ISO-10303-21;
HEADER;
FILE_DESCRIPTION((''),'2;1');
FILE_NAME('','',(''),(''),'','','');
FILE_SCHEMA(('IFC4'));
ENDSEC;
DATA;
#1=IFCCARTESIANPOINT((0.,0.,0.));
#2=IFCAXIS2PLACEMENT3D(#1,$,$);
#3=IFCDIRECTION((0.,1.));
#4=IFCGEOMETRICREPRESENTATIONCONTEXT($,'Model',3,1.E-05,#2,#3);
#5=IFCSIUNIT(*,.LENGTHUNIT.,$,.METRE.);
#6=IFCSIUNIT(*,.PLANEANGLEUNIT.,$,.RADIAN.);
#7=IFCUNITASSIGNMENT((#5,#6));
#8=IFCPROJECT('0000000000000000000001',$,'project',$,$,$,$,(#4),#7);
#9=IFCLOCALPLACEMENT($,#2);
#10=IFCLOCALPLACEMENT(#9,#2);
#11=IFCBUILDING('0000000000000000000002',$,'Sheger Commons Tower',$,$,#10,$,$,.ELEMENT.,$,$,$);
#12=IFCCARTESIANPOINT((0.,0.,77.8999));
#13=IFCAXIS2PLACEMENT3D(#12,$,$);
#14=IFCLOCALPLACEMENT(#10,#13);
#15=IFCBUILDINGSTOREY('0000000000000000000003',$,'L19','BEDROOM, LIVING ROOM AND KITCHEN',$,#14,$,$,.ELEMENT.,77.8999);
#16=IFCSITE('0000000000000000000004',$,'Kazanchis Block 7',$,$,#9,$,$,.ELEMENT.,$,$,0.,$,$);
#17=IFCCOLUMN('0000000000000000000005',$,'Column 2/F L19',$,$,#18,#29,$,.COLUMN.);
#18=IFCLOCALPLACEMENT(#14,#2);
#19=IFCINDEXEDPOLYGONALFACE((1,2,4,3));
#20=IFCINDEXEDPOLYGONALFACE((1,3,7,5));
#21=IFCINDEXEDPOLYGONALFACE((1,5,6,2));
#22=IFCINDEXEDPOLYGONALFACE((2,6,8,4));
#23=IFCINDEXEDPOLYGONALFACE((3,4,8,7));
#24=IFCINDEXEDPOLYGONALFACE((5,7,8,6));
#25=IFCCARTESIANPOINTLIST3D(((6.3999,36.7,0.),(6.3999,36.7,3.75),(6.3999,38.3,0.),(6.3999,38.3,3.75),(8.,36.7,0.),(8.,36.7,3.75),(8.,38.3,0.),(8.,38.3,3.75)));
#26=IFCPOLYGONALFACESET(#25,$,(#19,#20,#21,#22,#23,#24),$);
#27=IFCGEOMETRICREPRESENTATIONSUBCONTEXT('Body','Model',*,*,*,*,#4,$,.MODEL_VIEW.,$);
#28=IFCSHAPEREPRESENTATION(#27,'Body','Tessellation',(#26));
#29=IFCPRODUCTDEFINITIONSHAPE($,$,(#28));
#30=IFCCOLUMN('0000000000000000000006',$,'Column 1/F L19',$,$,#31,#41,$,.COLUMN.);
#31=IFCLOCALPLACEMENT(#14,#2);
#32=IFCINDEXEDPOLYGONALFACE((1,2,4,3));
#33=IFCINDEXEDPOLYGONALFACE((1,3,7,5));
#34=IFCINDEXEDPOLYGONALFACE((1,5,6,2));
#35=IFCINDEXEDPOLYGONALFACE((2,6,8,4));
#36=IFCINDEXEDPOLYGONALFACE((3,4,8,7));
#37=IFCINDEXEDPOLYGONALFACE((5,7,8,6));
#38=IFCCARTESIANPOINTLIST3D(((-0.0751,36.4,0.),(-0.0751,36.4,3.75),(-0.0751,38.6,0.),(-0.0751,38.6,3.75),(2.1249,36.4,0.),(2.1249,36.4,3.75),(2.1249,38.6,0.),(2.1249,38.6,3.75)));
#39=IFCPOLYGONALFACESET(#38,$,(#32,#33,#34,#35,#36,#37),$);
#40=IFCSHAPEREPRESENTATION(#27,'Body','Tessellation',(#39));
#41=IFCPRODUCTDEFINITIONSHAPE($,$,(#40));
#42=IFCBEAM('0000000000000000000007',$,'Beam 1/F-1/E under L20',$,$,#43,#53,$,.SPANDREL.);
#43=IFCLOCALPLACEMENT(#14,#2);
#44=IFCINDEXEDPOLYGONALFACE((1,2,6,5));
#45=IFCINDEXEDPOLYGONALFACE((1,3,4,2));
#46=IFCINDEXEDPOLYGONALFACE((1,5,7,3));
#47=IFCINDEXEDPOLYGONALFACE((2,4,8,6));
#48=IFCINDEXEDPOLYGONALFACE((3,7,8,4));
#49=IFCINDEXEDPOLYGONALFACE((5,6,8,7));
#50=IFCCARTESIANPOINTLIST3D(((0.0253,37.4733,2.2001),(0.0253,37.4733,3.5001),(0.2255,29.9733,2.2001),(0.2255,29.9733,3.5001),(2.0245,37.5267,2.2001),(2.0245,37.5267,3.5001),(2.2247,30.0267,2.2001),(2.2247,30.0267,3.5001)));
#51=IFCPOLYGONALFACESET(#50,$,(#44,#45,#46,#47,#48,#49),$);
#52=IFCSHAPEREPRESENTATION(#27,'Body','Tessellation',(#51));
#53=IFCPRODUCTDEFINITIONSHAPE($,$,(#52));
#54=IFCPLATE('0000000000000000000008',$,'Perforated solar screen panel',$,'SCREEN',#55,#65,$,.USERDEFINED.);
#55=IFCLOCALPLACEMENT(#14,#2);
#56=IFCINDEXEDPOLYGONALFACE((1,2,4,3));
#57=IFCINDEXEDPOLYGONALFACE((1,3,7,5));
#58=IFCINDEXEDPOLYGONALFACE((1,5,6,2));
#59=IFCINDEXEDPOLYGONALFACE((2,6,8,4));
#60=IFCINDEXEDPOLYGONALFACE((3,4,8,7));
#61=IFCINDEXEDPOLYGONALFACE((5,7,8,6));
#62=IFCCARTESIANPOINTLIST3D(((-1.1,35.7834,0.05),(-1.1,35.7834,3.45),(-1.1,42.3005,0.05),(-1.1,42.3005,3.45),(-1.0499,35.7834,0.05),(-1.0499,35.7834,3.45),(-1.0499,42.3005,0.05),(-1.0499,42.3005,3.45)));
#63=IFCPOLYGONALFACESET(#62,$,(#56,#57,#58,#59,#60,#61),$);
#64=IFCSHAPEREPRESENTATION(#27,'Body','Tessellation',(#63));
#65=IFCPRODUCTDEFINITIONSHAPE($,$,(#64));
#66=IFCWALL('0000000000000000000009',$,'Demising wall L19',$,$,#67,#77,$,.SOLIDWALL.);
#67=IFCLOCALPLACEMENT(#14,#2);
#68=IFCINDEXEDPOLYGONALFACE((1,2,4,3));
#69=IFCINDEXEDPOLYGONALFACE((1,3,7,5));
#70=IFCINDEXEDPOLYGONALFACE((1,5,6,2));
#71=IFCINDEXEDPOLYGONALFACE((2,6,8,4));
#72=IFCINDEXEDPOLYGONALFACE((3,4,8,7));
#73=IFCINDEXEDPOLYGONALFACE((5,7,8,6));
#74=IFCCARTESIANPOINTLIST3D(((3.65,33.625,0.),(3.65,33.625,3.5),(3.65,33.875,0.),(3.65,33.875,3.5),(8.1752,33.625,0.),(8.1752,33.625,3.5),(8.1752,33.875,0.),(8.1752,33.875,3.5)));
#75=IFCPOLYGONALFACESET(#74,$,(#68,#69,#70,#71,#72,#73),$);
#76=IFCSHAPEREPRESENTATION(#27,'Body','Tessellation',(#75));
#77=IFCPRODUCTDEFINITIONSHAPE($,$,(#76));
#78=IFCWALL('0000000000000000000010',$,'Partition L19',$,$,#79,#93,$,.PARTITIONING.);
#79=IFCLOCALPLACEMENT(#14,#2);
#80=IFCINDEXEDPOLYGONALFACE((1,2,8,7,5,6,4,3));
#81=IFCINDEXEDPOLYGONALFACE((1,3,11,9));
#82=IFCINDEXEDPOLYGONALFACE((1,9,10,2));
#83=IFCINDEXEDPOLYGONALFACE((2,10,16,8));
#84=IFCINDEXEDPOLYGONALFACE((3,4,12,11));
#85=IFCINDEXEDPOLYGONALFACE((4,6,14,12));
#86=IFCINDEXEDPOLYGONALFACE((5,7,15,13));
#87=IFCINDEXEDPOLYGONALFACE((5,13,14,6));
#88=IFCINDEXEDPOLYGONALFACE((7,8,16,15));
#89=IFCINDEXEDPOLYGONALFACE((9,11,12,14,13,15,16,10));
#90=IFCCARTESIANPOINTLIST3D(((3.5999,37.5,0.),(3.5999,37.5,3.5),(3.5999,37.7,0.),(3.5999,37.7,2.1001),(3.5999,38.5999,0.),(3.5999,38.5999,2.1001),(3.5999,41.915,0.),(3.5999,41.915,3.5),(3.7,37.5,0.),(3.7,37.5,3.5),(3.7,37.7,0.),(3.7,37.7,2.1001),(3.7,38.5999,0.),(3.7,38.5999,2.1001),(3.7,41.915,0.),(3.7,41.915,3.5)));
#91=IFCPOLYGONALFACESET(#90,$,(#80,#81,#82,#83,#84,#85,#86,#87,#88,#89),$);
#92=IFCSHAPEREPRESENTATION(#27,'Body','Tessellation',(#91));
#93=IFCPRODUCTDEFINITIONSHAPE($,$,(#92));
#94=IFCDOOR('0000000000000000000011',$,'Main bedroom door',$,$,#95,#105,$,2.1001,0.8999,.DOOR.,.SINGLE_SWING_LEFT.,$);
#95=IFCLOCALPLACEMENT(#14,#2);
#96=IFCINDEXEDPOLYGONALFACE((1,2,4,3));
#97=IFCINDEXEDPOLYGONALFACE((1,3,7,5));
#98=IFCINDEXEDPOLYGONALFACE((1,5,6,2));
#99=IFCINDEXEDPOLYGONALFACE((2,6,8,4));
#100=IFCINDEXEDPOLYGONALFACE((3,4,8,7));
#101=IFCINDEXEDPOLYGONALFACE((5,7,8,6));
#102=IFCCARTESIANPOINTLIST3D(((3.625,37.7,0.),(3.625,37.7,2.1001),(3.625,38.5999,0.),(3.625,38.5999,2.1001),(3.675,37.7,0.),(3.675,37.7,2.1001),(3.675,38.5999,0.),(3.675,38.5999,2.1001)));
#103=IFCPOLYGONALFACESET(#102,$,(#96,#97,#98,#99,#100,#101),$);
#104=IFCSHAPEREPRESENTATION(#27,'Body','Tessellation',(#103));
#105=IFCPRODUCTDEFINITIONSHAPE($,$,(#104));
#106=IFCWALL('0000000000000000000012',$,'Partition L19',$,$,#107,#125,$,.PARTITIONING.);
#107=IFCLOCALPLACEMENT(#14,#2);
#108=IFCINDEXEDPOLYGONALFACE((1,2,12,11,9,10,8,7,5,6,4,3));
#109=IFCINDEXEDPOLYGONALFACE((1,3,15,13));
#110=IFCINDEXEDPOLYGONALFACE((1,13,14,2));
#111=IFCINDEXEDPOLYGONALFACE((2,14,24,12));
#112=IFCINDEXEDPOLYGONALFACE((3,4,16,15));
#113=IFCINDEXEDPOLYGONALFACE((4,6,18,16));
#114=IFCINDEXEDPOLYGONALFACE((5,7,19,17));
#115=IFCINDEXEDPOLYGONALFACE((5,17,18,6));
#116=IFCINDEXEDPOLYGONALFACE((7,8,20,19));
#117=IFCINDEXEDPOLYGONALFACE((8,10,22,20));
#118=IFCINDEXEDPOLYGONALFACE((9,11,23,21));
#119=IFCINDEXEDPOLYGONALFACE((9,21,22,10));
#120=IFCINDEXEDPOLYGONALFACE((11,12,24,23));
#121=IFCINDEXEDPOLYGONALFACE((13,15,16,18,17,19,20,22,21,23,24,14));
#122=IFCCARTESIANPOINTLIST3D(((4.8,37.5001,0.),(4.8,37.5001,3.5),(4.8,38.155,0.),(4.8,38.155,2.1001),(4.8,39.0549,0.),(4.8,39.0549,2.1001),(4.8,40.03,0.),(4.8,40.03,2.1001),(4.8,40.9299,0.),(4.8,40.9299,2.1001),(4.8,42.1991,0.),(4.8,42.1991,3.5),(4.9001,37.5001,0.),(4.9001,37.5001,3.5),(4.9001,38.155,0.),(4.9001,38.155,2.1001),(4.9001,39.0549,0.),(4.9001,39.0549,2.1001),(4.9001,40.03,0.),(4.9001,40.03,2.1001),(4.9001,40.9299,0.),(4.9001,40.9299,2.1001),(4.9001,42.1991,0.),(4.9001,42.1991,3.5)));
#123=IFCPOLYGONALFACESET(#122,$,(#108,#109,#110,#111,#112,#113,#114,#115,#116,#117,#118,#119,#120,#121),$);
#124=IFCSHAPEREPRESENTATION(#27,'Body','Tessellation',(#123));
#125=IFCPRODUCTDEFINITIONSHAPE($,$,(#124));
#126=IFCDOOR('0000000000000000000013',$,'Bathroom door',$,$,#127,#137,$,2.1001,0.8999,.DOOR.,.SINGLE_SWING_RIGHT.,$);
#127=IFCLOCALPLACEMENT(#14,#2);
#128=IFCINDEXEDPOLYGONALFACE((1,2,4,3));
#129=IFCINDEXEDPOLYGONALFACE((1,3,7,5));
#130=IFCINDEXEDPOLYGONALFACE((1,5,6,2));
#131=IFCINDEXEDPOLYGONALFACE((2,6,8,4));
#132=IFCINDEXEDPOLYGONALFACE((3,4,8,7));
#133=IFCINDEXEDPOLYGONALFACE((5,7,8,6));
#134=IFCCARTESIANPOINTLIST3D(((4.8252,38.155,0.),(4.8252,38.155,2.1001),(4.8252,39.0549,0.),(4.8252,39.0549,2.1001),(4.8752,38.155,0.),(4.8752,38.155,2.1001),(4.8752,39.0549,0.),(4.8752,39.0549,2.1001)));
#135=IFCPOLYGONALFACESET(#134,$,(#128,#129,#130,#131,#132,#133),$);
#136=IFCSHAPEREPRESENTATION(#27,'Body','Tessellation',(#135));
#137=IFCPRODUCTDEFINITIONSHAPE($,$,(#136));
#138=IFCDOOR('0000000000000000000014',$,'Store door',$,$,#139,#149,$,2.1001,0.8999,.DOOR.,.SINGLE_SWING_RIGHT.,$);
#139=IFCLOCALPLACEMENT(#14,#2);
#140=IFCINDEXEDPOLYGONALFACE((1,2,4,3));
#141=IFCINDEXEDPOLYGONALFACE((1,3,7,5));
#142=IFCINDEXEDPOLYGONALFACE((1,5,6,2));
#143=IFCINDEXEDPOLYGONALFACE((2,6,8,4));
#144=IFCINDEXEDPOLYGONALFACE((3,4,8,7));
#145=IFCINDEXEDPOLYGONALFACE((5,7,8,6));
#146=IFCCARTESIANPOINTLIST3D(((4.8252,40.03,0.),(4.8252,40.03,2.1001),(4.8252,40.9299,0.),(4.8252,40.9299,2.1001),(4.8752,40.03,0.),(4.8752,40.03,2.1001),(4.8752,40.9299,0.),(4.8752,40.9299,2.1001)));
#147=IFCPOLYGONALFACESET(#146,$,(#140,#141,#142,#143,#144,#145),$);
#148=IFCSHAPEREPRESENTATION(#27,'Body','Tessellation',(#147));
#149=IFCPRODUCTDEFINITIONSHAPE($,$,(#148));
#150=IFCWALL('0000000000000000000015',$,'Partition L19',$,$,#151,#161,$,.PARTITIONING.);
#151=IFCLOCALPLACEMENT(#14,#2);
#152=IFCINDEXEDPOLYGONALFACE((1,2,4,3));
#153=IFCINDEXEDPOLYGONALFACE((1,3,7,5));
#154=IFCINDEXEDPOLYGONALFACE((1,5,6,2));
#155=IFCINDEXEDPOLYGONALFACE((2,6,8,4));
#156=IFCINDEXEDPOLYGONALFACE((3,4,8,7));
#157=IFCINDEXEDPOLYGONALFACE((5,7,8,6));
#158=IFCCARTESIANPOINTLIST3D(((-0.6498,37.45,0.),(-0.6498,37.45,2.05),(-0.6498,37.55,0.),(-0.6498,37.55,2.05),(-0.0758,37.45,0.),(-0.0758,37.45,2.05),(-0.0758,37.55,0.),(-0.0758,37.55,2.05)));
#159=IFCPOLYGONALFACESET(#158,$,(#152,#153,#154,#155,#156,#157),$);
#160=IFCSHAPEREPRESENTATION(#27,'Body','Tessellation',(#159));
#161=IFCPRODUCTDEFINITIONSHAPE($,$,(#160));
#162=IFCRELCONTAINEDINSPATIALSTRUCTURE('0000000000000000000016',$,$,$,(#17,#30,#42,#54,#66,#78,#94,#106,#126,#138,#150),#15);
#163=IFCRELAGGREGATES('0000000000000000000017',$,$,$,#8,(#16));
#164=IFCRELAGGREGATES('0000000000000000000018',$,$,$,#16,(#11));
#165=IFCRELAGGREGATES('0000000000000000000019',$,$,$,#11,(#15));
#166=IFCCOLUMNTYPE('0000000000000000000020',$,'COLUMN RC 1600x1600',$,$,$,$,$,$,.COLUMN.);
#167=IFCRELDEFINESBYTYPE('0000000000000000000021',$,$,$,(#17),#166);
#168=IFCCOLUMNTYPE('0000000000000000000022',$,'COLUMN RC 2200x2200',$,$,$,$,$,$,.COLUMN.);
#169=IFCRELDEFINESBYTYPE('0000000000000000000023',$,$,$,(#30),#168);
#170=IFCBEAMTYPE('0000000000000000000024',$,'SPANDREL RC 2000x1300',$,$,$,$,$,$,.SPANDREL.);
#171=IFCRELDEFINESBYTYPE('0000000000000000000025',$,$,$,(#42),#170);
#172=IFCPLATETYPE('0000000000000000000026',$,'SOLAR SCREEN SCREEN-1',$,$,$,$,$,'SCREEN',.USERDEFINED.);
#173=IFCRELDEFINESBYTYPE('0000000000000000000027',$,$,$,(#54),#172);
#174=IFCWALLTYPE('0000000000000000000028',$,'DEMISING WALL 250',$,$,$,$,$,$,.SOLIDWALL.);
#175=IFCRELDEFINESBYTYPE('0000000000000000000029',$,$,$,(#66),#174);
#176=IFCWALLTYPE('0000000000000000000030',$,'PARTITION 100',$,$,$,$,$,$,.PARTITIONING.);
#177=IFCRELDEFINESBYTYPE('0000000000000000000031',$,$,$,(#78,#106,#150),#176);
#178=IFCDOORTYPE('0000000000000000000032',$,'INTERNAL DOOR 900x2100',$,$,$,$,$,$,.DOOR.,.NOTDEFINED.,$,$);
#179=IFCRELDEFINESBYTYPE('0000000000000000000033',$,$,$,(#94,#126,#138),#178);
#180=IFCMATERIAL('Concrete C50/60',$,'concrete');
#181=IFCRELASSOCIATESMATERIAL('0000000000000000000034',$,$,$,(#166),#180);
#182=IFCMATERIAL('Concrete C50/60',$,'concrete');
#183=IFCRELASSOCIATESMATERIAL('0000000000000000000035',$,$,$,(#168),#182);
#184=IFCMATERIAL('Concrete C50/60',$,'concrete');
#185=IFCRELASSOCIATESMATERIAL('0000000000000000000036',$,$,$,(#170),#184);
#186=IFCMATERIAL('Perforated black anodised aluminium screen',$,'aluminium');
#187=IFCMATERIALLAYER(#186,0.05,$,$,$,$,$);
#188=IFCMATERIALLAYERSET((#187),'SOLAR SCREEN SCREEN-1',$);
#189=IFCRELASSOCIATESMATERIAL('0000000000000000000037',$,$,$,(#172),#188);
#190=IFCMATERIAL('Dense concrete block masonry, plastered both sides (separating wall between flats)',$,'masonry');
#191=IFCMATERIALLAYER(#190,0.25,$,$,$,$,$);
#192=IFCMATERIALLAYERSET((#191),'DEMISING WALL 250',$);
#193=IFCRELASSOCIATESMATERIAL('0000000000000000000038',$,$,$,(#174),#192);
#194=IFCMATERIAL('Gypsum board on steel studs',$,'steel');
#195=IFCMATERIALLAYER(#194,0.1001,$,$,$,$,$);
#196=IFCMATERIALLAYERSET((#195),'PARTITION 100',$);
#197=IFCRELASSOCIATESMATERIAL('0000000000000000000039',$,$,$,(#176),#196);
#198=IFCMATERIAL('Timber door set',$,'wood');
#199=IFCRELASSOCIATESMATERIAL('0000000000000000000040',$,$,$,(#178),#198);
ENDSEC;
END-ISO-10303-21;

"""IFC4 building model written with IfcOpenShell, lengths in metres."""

from ifc_helpers import new_model, si_unit, direction, frame, frame_2d, origin, origin_2d, place, context, subcontext, project, spatial, rectangle, extrude, material, layer, layer_set, material_profile, profile_set, type_object, element, fill, save


model = new_model("IFC4")

# Units and contexts
model_context = context("Model", 3, precision=1e-05, world=origin(), true_north=direction((0.0, 1.0)))
body_context = subcontext(model_context, "Body", "Model", "MODEL_VIEW")
ifc_project = project(units=[si_unit("LENGTHUNIT", "METRE"), si_unit("PLANEANGLEUNIT", "RADIAN")], contexts=[model_context])

# Site, building, storey
site_placement = place(None, origin())
site = spatial("IfcSite", under=ifc_project, at=site_placement, Name="Kazanchis Block 7", CompositionType="ELEMENT", RefElevation=0.0)
building_placement = place(site_placement, origin())
building = spatial("IfcBuilding", under=site, at=building_placement, Name="Sheger Commons Tower", CompositionType="ELEMENT")
storey_placement = place(building_placement, frame((0.0, 0.0, 77.8999)))
storey = spatial("IfcBuildingStorey", under=building, at=storey_placement, Name="L19", Description="BEDROOM, LIVING ROOM AND KITCHEN", CompositionType="ELEMENT", Elevation=77.8999)

# Columns
ifc_material_1 = material(Name="Concrete C50/60", Category="concrete")
ifc_material_profile_1 = material_profile(ifc_material_1, rectangle(XDim=1.6001, YDim=1.6001, at=origin_2d()), Name="RC 1600x1600")
ifc_profile_set_1 = profile_set([ifc_material_profile_1], Name="Concrete C50/60")
column_type_1 = type_object("IfcColumnType", Name="COLUMN RC 1600x1600", PredefinedType="COLUMN", material=ifc_profile_set_1)
column_1_placement = place(storey_placement, frame((7.2, 37.5, 0.0), z_axis=(0.0, 0.0, 1.0), x_axis=(1.0, 0.0, 0.0)))
element("IfcColumn", 1, at=column_1_placement, inside=storey, type_object=column_type_1, Name="Column 2/F L19", PredefinedType="COLUMN", context=body_context, shape_type="SweptSolid", body=[
    extrude(rectangle(XDim=1.6001, YDim=1.6001, at=origin_2d()), origin(), (0.0, 0.0, 1.0), 3.75),
])
ifc_material_2 = material(Name="Concrete C50/60", Category="concrete")
ifc_material_profile_2 = material_profile(ifc_material_2, rectangle(XDim=2.2, YDim=2.2, at=origin_2d()), Name="RC 2200x2200")
ifc_profile_set_2 = profile_set([ifc_material_profile_2], Name="Concrete C50/60")
column_type_2 = type_object("IfcColumnType", Name="COLUMN RC 2200x2200", PredefinedType="COLUMN", material=ifc_profile_set_2)
column_2_placement = place(storey_placement, frame((1.0249, 37.5, 0.0), z_axis=(0.0, 0.0, 1.0), x_axis=(1.0, 0.0, 0.0)))
element("IfcColumn", 2, at=column_2_placement, inside=storey, type_object=column_type_2, Name="Column 1/F L19", PredefinedType="COLUMN", context=body_context, shape_type="SweptSolid", body=[
    extrude(rectangle(XDim=2.2, YDim=2.2, at=origin_2d()), origin(), (0.0, 0.0, 1.0), 3.75),
])

# Beam
ifc_material_3 = material(Name="Concrete C50/60", Category="concrete")
ifc_material_profile_3 = material_profile(ifc_material_3, rectangle(XDim=2.0, YDim=1.3, at=origin_2d()), Name="RC 2000x1300")
ifc_profile_set_3 = profile_set([ifc_material_profile_3], Name="Concrete C50/60")
beam_type = type_object("IfcBeamType", Name="SPANDREL RC 2000x1300", PredefinedType="SPANDREL", material=ifc_profile_set_3)
beam_placement = place(storey_placement, frame((1.0249, 37.5, 2.8501), z_axis=(0.026683, -0.999644, 0.0), x_axis=(0.999644, 0.026683, 0.0)))
element("IfcBeam", 3, at=beam_placement, inside=storey, type_object=beam_type, Name="Beam 1/F-1/E under L20", PredefinedType="SPANDREL", context=body_context, shape_type="SweptSolid", body=[
    extrude(rectangle(XDim=2.0, YDim=1.3, at=origin_2d()), origin(), (0.0, 0.0, 1.0), 7.5027),
])

# Plate
ifc_material_4 = material(Name="Perforated black anodised aluminium screen", Category="aluminium")
ifc_layer_1 = layer(ifc_material_4, 0.05)
ifc_layer_set_1 = layer_set([ifc_layer_1], Name="SOLAR SCREEN SCREEN-1")
plate_type = type_object("IfcPlateType", Name="SOLAR SCREEN SCREEN-1", ElementType="SCREEN", PredefinedType="USERDEFINED", material=ifc_layer_set_1)
plate_placement = place(storey_placement, frame((-1.075, 39.042, 0.05), z_axis=(0.0, 0.0, 1.0), x_axis=(0.0, -1.0, 0.0)))
element("IfcPlate", 4, at=plate_placement, inside=storey, type_object=plate_type, Name="Perforated solar screen panel", ObjectType="SCREEN", PredefinedType="USERDEFINED", context=body_context, shape_type="SweptSolid", body=[
    extrude(rectangle(XDim=6.5171, YDim=0.05, at=origin_2d()), origin(), (0.0, 0.0, 1.0), 3.3999),
])

# Wall
ifc_material_5 = material(Name="Dense concrete block masonry, plastered both sides (separating wall between flats)", Category="masonry")
ifc_layer_2 = layer(ifc_material_5, 0.25)
ifc_layer_set_2 = layer_set([ifc_layer_2], Name="DEMISING WALL 250")
wall_type_1 = type_object("IfcWallType", Name="DEMISING WALL 250", PredefinedType="SOLIDWALL", material=ifc_layer_set_2)
wall_1_placement = place(storey_placement, frame((3.6499, 33.75, 0.0), z_axis=(0.0, 0.0, 1.0), x_axis=(1.0, 0.0, 0.0)))
element("IfcWall", 5, at=wall_1_placement, inside=storey, type_object=wall_type_1, Name="Demising wall L19", PredefinedType="SOLIDWALL", context=body_context, shape_type="SweptSolid", body=[
    extrude(rectangle(XDim=4.5251, YDim=0.25, at=frame_2d((2.2627, 0.0))), origin(), (0.0, 0.0, 1.0), 3.5),
])

# Wall, opening, door
ifc_material_6 = material(Name="Gypsum board on steel studs", Category="steel")
ifc_layer_3 = layer(ifc_material_6, 0.1001)
ifc_layer_set_3 = layer_set([ifc_layer_3], Name="PARTITION 100")
wall_type_2 = type_object("IfcWallType", Name="PARTITION 100", PredefinedType="PARTITIONING", material=ifc_layer_set_3)
wall_2_placement = place(storey_placement, frame((3.6499, 37.5, 0.0), z_axis=(0.0, 0.0, 1.0), x_axis=(0.0, 1.0, 0.0)))
wall_2 = element("IfcWall", 6, at=wall_2_placement, inside=storey, type_object=wall_type_2, Name="Partition L19", PredefinedType="PARTITIONING", context=body_context, shape_type="SweptSolid", body=[
    extrude(rectangle(XDim=4.415, YDim=0.1001, at=frame_2d((2.2075, 0.0))), origin(), (0.0, 0.0, 1.0), 3.5),
])
opening_1_placement = place(wall_2_placement, frame((0.2, 0.0, 0.0)))
opening_1 = element("IfcOpeningElement", 7, at=opening_1_placement, cuts=wall_2, PredefinedType="OPENING", context=body_context, shape_type="SweptSolid", body=[
    extrude(rectangle(XDim=0.8999, YDim=2.1001, at=frame_2d((0.45, 1.05))), frame((0.0, 0.0601, 0.0), z_axis=(0.0, -1.0, 0.0), x_axis=(1.0, 0.0, 0.0)), (0.0, 0.0, 1.0), 0.1201),
])
ifc_material_7 = material(Name="Timber door set", Category="wood")
door_type = type_object("IfcDoorType", Name="INTERNAL DOOR 900x2100", OperationType="NOTDEFINED", PredefinedType="DOOR", material=ifc_material_7)
door_1_placement = place(opening_1_placement, origin())
door_1 = element("IfcDoor", 8, at=door_1_placement, inside=storey, type_object=door_type, Name="Main bedroom door", OperationType="SINGLE_SWING_LEFT", OverallHeight=2.1001, OverallWidth=0.8999, PredefinedType="DOOR", context=body_context, shape_type="SweptSolid", body=[
    extrude(rectangle(XDim=0.8999, YDim=2.1001, at=frame_2d((0.45, 1.05))), frame((0.0, 0.0249, 0.0), z_axis=(0.0, -1.0, 0.0), x_axis=(1.0, 0.0, 0.0)), (0.0, 0.0, 1.0), 0.05),
])
fill(opening_1, door_1)

# Wall, openings, doors
wall_3_placement = place(storey_placement, frame((4.8501, 37.5, 0.0), z_axis=(0.0, 0.0, 1.0), x_axis=(0.0, 1.0, 0.0)))
wall_3 = element("IfcWall", 9, at=wall_3_placement, inside=storey, type_object=wall_type_2, Name="Partition L19", PredefinedType="PARTITIONING", context=body_context, shape_type="SweptSolid", body=[
    extrude(rectangle(XDim=4.699, YDim=0.1001, at=frame_2d((2.3496, 0.0))), origin(), (0.0, 0.0, 1.0), 3.5),
])
opening_2_placement = place(wall_3_placement, frame((0.655, 0.0, 0.0)))
opening_2 = element("IfcOpeningElement", 10, at=opening_2_placement, cuts=wall_3, PredefinedType="OPENING", context=body_context, shape_type="SweptSolid", body=[
    extrude(rectangle(XDim=0.8999, YDim=2.1001, at=frame_2d((0.45, 1.05))), frame((0.0, 0.0601, 0.0), z_axis=(0.0, -1.0, 0.0), x_axis=(1.0, 0.0, 0.0)), (0.0, 0.0, 1.0), 0.1201),
])
opening_3_placement = place(wall_3_placement, frame((2.53, 0.0, 0.0)))
opening_3 = element("IfcOpeningElement", 11, at=opening_3_placement, cuts=wall_3, PredefinedType="OPENING", context=body_context, shape_type="SweptSolid", body=[
    extrude(rectangle(XDim=0.8999, YDim=2.1001, at=frame_2d((0.45, 1.05))), frame((0.0, 0.0601, 0.0), z_axis=(0.0, -1.0, 0.0), x_axis=(1.0, 0.0, 0.0)), (0.0, 0.0, 1.0), 0.1201),
])
door_2_placement = place(opening_2_placement, origin())
door_2 = element("IfcDoor", 12, at=door_2_placement, inside=storey, type_object=door_type, Name="Bathroom door", OperationType="SINGLE_SWING_RIGHT", OverallHeight=2.1001, OverallWidth=0.8999, PredefinedType="DOOR", context=body_context, shape_type="SweptSolid", body=[
    extrude(rectangle(XDim=0.8999, YDim=2.1001, at=frame_2d((0.45, 1.05))), frame((0.0, 0.0249, 0.0), z_axis=(0.0, -1.0, 0.0), x_axis=(1.0, 0.0, 0.0)), (0.0, 0.0, 1.0), 0.05),
])
fill(opening_2, door_2)
door_3_placement = place(opening_3_placement, origin())
door_3 = element("IfcDoor", 13, at=door_3_placement, inside=storey, type_object=door_type, Name="Store door", OperationType="SINGLE_SWING_RIGHT", OverallHeight=2.1001, OverallWidth=0.8999, PredefinedType="DOOR", context=body_context, shape_type="SweptSolid", body=[
    extrude(rectangle(XDim=0.8999, YDim=2.1001, at=frame_2d((0.45, 1.05))), frame((0.0, 0.0249, 0.0), z_axis=(0.0, -1.0, 0.0), x_axis=(1.0, 0.0, 0.0)), (0.0, 0.0, 1.0), 0.05),
])
fill(opening_3, door_3)

# Wall
wall_4_placement = place(storey_placement, frame((-0.6499, 37.5, 0.0), z_axis=(0.0, 0.0, 1.0), x_axis=(1.0, 0.0, 0.0)))
element("IfcWall", 14, at=wall_4_placement, inside=storey, type_object=wall_type_2, Name="Partition L19", PredefinedType="PARTITIONING", context=body_context, shape_type="SweptSolid", body=[
    extrude(rectangle(XDim=0.574, YDim=0.1001, at=frame_2d((0.2871, 0.0))), origin(), (0.0, 0.0, 1.0), 2.05),
])

save(model, "model.ifc")
